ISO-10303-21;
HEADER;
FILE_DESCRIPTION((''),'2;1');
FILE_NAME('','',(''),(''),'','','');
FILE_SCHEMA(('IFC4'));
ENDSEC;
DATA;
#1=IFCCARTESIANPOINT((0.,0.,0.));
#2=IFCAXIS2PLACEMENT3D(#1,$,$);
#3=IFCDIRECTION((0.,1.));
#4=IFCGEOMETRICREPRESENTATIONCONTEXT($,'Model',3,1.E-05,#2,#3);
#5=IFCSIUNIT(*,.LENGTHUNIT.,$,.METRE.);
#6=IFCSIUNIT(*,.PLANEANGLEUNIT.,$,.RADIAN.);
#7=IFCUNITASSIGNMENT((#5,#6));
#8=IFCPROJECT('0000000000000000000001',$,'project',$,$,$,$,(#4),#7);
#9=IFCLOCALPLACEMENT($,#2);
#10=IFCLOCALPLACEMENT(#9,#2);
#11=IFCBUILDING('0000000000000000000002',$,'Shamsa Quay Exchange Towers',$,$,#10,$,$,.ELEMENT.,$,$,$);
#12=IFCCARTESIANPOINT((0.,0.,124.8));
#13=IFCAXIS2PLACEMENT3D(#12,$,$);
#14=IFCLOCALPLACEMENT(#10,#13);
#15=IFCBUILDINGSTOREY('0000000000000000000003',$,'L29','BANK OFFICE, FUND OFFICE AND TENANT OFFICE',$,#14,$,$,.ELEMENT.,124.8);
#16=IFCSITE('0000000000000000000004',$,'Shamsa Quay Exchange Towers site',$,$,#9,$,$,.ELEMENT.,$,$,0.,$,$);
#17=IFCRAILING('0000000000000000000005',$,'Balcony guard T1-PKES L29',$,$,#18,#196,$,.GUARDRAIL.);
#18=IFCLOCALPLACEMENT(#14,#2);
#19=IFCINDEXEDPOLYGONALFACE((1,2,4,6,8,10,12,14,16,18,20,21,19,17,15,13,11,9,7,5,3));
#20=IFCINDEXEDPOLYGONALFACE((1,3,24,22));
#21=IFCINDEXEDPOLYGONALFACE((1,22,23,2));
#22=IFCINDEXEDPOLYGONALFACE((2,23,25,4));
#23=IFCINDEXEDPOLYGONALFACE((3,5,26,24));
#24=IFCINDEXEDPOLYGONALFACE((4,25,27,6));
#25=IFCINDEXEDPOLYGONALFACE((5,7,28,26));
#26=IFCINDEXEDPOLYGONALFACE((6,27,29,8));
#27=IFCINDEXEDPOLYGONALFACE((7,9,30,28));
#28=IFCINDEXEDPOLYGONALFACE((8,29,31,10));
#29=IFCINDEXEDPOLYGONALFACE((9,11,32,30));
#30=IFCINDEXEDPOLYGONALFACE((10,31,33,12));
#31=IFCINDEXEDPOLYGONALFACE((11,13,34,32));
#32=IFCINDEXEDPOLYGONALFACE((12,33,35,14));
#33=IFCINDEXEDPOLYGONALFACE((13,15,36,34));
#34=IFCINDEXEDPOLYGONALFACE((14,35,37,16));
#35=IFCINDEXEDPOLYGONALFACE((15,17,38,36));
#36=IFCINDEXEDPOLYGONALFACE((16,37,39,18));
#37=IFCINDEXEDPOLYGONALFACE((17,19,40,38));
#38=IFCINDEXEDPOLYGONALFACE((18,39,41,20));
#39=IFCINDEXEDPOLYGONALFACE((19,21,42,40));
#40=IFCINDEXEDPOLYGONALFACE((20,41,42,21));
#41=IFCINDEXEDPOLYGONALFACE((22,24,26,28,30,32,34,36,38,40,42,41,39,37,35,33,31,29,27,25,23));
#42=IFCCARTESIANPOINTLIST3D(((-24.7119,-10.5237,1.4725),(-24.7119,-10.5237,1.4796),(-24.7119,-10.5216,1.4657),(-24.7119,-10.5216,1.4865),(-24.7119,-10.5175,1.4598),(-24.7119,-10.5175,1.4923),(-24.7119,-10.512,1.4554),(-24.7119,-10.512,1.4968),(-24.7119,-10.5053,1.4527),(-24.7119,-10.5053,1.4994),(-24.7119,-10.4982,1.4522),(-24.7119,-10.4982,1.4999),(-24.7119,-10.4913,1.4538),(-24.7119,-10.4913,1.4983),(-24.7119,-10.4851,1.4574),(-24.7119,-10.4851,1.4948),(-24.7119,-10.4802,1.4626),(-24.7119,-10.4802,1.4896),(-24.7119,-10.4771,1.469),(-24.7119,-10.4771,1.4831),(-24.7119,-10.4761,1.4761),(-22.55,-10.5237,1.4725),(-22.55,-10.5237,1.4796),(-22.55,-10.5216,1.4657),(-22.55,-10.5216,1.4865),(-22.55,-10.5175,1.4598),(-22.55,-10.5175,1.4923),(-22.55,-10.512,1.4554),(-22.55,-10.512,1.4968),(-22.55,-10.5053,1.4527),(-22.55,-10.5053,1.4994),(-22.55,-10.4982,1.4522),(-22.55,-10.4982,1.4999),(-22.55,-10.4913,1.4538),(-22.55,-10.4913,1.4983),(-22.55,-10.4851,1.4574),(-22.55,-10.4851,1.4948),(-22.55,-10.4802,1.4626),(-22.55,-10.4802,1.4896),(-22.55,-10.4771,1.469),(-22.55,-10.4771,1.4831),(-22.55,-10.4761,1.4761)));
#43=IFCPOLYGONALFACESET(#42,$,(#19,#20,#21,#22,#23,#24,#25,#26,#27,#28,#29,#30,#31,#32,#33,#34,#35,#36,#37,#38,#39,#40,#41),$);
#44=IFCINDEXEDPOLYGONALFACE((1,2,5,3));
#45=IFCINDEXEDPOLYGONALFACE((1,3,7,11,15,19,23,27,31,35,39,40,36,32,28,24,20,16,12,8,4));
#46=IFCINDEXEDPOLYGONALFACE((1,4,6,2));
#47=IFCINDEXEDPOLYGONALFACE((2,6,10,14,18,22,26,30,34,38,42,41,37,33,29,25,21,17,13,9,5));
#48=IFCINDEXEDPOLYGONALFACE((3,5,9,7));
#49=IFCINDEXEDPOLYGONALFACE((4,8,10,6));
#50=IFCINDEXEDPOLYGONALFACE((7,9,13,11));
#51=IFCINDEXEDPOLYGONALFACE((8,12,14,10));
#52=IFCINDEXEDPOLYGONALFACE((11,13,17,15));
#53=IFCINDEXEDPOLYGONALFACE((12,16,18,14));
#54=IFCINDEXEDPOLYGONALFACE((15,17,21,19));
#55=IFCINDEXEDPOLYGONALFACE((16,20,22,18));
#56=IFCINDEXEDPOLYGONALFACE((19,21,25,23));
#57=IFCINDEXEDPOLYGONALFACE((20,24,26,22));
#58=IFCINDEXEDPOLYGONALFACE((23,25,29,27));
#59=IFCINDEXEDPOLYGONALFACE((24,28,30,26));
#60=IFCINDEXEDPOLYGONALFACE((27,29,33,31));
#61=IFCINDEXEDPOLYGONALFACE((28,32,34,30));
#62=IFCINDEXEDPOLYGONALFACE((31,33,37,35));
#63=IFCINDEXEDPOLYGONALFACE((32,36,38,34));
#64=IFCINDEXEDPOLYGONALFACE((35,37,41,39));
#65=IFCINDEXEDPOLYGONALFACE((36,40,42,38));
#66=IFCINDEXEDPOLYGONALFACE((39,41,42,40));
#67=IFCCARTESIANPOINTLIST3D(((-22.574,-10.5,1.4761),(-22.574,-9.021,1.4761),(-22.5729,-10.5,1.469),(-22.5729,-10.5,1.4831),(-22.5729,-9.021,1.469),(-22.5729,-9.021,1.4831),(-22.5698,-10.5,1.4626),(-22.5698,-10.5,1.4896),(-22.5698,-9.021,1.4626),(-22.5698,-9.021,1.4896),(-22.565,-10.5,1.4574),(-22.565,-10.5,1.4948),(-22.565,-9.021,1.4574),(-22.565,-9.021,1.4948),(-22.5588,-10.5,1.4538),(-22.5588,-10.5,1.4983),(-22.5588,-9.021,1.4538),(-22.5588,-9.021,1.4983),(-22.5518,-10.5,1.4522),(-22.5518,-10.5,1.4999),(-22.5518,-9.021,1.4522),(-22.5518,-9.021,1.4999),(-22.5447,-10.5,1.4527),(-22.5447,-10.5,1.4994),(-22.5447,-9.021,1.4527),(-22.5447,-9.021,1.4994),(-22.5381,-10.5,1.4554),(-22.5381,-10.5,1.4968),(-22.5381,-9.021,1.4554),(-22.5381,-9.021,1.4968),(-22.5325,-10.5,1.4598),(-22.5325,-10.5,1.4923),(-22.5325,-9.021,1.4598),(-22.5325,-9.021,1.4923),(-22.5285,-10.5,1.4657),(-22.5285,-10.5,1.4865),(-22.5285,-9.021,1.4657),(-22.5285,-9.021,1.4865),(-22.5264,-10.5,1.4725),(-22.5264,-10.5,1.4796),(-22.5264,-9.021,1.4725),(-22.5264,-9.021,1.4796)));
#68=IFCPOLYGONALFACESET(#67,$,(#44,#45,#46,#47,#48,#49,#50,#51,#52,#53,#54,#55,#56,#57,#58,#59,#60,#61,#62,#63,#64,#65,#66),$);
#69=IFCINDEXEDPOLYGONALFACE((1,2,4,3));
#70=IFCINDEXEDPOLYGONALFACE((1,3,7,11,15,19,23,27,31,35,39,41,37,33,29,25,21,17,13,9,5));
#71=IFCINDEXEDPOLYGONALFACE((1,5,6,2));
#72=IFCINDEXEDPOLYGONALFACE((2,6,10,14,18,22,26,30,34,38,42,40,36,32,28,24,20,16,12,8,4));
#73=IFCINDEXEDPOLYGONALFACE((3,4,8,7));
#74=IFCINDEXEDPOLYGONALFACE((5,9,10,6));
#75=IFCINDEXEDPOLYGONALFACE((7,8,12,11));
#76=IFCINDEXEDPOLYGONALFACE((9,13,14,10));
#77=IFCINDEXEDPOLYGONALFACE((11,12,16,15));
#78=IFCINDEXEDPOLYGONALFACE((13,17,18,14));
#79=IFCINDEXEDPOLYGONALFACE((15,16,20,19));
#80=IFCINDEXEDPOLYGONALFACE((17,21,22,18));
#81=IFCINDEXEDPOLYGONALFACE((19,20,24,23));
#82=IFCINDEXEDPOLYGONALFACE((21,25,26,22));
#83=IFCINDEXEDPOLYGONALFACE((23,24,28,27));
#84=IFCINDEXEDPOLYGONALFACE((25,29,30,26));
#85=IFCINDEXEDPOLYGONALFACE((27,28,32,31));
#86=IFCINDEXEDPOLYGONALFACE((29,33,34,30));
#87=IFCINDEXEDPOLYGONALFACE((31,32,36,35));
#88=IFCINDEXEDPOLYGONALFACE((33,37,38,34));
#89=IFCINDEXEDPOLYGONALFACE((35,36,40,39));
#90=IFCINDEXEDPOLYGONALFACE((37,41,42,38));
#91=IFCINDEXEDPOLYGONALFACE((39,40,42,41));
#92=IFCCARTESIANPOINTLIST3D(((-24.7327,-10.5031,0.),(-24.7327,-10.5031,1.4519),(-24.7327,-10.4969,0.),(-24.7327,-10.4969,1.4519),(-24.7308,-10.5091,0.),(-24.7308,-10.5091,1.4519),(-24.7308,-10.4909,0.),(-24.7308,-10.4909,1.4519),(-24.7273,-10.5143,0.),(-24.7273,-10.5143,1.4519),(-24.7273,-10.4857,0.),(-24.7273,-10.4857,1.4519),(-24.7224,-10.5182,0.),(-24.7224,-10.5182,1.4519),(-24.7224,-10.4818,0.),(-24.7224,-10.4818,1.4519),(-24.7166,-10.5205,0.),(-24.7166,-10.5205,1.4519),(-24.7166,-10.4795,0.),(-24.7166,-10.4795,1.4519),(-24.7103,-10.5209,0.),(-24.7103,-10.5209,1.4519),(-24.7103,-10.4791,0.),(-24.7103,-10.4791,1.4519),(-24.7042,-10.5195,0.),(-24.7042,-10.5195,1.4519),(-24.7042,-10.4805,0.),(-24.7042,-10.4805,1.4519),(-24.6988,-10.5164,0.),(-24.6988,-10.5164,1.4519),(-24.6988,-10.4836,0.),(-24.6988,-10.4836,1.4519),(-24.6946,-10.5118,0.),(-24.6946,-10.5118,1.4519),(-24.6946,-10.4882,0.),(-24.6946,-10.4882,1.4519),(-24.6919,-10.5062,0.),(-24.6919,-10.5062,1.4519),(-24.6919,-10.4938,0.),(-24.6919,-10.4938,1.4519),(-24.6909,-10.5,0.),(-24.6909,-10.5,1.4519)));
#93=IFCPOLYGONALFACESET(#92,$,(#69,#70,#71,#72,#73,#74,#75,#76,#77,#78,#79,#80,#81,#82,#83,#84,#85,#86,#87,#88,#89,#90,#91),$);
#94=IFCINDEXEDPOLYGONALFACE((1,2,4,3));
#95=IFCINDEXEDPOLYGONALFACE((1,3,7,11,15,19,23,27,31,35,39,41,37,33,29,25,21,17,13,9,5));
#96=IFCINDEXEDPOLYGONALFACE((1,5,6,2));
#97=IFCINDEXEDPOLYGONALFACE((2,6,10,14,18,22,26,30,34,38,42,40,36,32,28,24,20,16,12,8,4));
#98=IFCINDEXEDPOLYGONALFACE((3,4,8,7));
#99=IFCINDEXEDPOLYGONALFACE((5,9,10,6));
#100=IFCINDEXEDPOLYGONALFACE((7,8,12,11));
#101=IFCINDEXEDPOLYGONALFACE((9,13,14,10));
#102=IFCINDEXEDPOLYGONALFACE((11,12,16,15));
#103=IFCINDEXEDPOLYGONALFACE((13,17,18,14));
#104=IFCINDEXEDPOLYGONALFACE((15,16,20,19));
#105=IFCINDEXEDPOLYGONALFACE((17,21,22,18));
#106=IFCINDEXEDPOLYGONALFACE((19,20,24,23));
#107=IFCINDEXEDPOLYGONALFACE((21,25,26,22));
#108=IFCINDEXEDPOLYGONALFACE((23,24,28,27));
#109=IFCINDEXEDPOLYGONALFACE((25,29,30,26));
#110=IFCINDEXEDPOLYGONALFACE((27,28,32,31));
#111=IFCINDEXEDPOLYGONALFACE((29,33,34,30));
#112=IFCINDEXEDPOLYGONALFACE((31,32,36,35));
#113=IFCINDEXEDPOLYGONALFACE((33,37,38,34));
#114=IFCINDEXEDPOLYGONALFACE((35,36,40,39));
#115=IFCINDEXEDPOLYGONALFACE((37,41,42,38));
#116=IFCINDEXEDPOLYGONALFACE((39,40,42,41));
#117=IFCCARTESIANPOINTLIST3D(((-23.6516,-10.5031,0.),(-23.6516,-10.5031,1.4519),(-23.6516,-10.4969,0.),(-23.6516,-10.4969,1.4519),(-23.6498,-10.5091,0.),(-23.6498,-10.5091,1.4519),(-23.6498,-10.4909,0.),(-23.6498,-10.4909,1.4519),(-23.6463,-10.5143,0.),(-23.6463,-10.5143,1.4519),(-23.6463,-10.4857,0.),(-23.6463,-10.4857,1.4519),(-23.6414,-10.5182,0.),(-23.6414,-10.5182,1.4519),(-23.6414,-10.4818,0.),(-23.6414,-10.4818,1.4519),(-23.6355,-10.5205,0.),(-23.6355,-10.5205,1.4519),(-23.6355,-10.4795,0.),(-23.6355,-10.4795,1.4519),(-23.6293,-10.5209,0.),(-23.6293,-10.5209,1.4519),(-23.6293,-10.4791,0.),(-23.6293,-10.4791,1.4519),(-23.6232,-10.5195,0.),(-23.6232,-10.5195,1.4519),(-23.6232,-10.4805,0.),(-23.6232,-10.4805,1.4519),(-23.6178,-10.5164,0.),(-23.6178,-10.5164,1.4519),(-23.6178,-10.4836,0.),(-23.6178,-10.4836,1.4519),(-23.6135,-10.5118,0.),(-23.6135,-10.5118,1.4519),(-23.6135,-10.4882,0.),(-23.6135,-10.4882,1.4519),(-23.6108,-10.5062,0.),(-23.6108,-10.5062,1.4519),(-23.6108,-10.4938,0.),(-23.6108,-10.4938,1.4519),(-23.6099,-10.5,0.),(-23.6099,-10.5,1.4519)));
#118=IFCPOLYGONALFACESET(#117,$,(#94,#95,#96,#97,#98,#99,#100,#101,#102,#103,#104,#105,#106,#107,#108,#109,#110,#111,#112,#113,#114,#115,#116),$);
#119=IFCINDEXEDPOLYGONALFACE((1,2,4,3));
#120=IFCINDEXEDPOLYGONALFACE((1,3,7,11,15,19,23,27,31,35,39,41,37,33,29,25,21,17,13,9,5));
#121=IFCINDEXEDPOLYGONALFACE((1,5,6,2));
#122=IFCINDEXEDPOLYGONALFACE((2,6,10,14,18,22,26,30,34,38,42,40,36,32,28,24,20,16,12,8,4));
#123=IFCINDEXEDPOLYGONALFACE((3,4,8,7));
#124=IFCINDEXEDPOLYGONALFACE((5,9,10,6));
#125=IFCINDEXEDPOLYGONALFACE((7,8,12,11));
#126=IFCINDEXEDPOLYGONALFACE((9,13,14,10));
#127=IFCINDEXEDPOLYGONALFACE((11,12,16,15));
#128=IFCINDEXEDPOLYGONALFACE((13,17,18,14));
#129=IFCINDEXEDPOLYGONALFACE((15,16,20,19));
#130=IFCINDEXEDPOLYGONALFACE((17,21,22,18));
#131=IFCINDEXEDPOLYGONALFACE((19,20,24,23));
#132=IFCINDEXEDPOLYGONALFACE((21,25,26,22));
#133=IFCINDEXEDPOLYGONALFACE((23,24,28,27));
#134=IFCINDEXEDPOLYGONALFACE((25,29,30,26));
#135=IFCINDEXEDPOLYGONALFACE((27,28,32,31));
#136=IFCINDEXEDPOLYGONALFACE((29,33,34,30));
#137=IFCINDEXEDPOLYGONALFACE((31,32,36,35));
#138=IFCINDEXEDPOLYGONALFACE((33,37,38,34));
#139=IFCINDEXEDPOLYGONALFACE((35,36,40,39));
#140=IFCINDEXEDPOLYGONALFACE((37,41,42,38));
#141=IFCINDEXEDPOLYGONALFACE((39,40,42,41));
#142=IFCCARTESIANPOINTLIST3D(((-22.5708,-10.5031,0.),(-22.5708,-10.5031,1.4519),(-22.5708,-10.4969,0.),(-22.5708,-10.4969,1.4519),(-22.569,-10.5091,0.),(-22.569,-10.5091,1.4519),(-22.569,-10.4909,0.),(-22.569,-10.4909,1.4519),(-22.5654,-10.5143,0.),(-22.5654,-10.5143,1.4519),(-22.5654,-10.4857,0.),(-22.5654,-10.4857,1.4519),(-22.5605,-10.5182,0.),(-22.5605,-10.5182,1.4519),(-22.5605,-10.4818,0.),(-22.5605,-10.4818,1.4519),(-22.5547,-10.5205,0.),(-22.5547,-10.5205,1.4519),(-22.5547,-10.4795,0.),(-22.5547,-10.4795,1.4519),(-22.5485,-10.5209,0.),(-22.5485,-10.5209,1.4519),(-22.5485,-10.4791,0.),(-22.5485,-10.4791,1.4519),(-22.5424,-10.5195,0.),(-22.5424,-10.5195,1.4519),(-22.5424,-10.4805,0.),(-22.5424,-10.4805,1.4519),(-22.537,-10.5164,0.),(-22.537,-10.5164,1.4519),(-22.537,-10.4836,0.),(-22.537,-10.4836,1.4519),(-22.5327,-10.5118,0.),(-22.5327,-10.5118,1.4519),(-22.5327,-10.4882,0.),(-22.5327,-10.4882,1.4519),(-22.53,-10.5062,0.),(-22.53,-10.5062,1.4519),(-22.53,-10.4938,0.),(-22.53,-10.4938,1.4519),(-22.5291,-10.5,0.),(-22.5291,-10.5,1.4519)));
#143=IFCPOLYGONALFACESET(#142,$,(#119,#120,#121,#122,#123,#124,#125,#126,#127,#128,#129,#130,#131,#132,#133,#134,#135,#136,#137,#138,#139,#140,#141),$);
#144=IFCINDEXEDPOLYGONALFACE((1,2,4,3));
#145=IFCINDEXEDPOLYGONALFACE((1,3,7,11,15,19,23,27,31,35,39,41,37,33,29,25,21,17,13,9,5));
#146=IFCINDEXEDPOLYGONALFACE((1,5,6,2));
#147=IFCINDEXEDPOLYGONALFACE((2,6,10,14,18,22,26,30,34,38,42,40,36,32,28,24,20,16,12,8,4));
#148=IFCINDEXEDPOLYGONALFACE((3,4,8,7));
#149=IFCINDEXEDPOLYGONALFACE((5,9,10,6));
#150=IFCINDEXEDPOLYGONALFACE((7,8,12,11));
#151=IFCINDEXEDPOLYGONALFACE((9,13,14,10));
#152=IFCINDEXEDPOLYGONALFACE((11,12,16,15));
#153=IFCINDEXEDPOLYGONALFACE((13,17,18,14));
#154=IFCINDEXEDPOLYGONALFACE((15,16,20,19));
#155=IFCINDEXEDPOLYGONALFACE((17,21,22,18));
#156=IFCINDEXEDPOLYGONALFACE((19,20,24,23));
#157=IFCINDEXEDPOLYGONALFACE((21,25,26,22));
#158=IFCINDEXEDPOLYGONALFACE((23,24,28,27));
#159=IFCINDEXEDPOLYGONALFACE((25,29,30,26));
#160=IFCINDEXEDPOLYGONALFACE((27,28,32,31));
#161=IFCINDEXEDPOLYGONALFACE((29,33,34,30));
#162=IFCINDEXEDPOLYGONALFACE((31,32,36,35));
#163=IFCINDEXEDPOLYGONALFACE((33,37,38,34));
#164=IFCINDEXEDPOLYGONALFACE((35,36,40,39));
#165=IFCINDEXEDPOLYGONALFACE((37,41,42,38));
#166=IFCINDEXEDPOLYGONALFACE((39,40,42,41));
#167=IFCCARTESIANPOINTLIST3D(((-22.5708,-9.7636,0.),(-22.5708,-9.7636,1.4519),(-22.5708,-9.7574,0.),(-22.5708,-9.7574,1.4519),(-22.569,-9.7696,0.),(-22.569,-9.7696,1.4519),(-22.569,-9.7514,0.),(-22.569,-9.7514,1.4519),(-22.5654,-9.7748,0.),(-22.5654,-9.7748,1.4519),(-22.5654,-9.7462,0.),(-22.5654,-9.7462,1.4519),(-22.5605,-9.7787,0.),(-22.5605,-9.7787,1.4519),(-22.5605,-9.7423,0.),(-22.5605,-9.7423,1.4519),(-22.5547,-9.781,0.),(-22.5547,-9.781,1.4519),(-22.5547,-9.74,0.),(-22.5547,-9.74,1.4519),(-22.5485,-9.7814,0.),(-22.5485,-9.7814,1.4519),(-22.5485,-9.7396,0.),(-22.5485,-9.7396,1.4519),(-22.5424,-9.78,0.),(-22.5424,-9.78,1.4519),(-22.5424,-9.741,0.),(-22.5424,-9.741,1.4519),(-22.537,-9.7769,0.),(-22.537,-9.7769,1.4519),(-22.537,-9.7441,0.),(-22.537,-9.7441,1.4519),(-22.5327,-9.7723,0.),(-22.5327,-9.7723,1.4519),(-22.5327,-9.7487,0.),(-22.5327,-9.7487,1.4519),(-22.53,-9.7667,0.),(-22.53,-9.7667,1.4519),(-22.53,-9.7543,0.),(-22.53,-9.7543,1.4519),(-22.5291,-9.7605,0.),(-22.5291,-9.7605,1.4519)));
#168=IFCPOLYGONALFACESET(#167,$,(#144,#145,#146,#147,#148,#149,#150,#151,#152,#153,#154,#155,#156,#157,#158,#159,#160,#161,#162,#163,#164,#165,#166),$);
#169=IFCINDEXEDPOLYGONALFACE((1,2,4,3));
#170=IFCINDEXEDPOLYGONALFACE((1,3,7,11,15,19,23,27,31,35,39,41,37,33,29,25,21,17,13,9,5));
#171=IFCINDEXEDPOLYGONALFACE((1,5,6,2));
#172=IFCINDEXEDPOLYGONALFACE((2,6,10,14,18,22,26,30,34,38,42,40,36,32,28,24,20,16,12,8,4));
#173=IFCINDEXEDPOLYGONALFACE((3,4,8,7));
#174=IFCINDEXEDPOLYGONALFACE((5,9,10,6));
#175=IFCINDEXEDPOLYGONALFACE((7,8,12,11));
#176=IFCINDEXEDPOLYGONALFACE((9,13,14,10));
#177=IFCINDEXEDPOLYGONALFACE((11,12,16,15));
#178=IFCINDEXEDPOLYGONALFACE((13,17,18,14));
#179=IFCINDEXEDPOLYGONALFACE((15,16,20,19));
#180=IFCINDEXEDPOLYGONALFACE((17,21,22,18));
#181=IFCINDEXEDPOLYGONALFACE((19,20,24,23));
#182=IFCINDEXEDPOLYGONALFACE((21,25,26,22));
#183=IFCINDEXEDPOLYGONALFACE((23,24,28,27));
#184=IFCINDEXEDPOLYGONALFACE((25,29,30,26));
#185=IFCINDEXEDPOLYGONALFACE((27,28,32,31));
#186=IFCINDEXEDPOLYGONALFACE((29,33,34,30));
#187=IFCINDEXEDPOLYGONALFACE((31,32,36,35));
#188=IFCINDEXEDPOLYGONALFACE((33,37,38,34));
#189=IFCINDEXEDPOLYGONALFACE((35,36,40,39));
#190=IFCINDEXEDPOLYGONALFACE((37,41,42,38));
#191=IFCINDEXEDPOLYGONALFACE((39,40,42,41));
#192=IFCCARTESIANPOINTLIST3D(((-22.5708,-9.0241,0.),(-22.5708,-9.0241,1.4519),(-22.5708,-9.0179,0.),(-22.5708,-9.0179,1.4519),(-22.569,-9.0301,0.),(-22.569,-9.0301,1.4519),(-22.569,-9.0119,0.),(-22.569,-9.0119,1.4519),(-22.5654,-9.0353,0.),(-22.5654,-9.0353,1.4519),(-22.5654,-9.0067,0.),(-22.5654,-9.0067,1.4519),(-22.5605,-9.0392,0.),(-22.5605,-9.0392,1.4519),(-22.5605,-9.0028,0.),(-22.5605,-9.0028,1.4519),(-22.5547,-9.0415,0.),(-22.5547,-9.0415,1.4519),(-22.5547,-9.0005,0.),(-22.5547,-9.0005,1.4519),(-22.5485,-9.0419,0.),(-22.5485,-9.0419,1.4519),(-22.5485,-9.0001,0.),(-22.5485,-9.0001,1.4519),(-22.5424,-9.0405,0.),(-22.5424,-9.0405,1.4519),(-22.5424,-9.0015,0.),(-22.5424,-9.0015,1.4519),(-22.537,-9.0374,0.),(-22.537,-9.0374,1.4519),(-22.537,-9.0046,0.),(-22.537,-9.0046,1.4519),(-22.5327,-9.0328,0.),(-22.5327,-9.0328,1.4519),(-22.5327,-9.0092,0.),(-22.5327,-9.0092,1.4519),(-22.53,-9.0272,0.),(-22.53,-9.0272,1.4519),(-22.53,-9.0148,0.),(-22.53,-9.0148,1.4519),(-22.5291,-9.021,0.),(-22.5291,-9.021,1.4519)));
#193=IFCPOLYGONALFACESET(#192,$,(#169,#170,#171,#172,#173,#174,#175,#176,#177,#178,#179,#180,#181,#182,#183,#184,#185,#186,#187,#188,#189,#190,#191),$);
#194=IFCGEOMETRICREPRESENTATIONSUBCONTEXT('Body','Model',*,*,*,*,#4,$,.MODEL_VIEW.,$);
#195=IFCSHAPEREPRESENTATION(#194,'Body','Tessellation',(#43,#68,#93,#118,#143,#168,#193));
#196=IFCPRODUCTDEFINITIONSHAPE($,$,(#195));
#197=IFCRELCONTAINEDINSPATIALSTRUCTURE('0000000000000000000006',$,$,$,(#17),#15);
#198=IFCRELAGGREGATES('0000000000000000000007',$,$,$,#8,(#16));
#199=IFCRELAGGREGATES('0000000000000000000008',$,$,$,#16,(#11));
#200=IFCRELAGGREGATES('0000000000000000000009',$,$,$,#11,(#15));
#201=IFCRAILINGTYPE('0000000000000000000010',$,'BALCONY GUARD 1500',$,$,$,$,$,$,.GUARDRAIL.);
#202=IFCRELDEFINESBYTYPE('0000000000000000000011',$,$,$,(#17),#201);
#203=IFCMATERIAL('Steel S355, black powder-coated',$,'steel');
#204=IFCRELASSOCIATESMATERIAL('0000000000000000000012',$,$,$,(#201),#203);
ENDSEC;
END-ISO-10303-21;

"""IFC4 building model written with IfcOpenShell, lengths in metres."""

from ifc_helpers import new_model, si_unit, direction, frame, origin, origin_2d, place, context, subcontext, project, spatial, circle, extrude, material, type_object, element, save


model = new_model("IFC4")

# Units and contexts
model_context = context("Model", 3, precision=1e-05, world=origin(), true_north=direction((0.0, 1.0)))
body_context = subcontext(model_context, "Body", "Model", "MODEL_VIEW")
ifc_project = project(units=[si_unit("LENGTHUNIT", "METRE"), si_unit("PLANEANGLEUNIT", "RADIAN")], contexts=[model_context])

# Site, building, storey
site_placement = place(None, origin())
site = spatial("IfcSite", under=ifc_project, at=site_placement, Name="Shamsa Quay Exchange Towers site", CompositionType="ELEMENT", RefElevation=0.0)
building_placement = place(site_placement, origin())
building = spatial("IfcBuilding", under=site, at=building_placement, Name="Shamsa Quay Exchange Towers", CompositionType="ELEMENT")
storey_placement = place(building_placement, frame((0.0, 0.0, 124.8)))
storey = spatial("IfcBuildingStorey", under=building, at=storey_placement, Name="L29", Description="BANK OFFICE, FUND OFFICE AND TENANT OFFICE", CompositionType="ELEMENT", Elevation=124.8)

# Railing
ifc_material_1 = material(Name="Steel S355, black powder-coated", Category="steel")
railing_type_1 = type_object("IfcRailingType", Name="BALCONY GUARD 1500", PredefinedType="GUARDRAIL", material=ifc_material_1)
for number, where, name in (
    (1, (-24.7119, -10.5, 0.0), "Balcony guard T1-PKES L29"),
):
    element("IfcRailing", number, at=place(storey_placement, frame(where)), inside=storey, type_object=railing_type_1, Name=name, PredefinedType="GUARDRAIL", context=body_context, shape_type="SweptSolid", body=[
        extrude(circle(Radius=0.0239, at=origin_2d()), frame((0.0, 0.0, 1.4761), z_axis=(1.0, 0.0, 0.0), x_axis=(0.0, 1.0, 0.0)), (0.0, 0.0, 1.0), 2.1619),
        extrude(circle(Radius=0.0239, at=origin_2d()), frame((2.1619, 0.0, 1.4761), z_axis=(0.0, 1.0, 0.0), x_axis=(-1.0, 0.0, 0.0)), (0.0, 0.0, 1.0), 1.479),
        extrude(circle(Radius=0.021, at=origin_2d()), origin(), (0.0, 0.0, 1.0), 1.4519),
        extrude(circle(Radius=0.021, at=origin_2d()), frame((1.0811, 0.0, 0.0)), (0.0, 0.0, 1.0), 1.4519),
        extrude(circle(Radius=0.021, at=origin_2d()), frame((2.1619, 0.0, 0.0)), (0.0, 0.0, 1.0), 1.4519),
        extrude(circle(Radius=0.021, at=origin_2d()), frame((2.1619, 0.7395, 0.0)), (0.0, 0.0, 1.0), 1.4519),
        extrude(circle(Radius=0.021, at=origin_2d()), frame((2.1619, 1.479, 0.0)), (0.0, 0.0, 1.0), 1.4519),
    ])

save(model, "model.ifc")
